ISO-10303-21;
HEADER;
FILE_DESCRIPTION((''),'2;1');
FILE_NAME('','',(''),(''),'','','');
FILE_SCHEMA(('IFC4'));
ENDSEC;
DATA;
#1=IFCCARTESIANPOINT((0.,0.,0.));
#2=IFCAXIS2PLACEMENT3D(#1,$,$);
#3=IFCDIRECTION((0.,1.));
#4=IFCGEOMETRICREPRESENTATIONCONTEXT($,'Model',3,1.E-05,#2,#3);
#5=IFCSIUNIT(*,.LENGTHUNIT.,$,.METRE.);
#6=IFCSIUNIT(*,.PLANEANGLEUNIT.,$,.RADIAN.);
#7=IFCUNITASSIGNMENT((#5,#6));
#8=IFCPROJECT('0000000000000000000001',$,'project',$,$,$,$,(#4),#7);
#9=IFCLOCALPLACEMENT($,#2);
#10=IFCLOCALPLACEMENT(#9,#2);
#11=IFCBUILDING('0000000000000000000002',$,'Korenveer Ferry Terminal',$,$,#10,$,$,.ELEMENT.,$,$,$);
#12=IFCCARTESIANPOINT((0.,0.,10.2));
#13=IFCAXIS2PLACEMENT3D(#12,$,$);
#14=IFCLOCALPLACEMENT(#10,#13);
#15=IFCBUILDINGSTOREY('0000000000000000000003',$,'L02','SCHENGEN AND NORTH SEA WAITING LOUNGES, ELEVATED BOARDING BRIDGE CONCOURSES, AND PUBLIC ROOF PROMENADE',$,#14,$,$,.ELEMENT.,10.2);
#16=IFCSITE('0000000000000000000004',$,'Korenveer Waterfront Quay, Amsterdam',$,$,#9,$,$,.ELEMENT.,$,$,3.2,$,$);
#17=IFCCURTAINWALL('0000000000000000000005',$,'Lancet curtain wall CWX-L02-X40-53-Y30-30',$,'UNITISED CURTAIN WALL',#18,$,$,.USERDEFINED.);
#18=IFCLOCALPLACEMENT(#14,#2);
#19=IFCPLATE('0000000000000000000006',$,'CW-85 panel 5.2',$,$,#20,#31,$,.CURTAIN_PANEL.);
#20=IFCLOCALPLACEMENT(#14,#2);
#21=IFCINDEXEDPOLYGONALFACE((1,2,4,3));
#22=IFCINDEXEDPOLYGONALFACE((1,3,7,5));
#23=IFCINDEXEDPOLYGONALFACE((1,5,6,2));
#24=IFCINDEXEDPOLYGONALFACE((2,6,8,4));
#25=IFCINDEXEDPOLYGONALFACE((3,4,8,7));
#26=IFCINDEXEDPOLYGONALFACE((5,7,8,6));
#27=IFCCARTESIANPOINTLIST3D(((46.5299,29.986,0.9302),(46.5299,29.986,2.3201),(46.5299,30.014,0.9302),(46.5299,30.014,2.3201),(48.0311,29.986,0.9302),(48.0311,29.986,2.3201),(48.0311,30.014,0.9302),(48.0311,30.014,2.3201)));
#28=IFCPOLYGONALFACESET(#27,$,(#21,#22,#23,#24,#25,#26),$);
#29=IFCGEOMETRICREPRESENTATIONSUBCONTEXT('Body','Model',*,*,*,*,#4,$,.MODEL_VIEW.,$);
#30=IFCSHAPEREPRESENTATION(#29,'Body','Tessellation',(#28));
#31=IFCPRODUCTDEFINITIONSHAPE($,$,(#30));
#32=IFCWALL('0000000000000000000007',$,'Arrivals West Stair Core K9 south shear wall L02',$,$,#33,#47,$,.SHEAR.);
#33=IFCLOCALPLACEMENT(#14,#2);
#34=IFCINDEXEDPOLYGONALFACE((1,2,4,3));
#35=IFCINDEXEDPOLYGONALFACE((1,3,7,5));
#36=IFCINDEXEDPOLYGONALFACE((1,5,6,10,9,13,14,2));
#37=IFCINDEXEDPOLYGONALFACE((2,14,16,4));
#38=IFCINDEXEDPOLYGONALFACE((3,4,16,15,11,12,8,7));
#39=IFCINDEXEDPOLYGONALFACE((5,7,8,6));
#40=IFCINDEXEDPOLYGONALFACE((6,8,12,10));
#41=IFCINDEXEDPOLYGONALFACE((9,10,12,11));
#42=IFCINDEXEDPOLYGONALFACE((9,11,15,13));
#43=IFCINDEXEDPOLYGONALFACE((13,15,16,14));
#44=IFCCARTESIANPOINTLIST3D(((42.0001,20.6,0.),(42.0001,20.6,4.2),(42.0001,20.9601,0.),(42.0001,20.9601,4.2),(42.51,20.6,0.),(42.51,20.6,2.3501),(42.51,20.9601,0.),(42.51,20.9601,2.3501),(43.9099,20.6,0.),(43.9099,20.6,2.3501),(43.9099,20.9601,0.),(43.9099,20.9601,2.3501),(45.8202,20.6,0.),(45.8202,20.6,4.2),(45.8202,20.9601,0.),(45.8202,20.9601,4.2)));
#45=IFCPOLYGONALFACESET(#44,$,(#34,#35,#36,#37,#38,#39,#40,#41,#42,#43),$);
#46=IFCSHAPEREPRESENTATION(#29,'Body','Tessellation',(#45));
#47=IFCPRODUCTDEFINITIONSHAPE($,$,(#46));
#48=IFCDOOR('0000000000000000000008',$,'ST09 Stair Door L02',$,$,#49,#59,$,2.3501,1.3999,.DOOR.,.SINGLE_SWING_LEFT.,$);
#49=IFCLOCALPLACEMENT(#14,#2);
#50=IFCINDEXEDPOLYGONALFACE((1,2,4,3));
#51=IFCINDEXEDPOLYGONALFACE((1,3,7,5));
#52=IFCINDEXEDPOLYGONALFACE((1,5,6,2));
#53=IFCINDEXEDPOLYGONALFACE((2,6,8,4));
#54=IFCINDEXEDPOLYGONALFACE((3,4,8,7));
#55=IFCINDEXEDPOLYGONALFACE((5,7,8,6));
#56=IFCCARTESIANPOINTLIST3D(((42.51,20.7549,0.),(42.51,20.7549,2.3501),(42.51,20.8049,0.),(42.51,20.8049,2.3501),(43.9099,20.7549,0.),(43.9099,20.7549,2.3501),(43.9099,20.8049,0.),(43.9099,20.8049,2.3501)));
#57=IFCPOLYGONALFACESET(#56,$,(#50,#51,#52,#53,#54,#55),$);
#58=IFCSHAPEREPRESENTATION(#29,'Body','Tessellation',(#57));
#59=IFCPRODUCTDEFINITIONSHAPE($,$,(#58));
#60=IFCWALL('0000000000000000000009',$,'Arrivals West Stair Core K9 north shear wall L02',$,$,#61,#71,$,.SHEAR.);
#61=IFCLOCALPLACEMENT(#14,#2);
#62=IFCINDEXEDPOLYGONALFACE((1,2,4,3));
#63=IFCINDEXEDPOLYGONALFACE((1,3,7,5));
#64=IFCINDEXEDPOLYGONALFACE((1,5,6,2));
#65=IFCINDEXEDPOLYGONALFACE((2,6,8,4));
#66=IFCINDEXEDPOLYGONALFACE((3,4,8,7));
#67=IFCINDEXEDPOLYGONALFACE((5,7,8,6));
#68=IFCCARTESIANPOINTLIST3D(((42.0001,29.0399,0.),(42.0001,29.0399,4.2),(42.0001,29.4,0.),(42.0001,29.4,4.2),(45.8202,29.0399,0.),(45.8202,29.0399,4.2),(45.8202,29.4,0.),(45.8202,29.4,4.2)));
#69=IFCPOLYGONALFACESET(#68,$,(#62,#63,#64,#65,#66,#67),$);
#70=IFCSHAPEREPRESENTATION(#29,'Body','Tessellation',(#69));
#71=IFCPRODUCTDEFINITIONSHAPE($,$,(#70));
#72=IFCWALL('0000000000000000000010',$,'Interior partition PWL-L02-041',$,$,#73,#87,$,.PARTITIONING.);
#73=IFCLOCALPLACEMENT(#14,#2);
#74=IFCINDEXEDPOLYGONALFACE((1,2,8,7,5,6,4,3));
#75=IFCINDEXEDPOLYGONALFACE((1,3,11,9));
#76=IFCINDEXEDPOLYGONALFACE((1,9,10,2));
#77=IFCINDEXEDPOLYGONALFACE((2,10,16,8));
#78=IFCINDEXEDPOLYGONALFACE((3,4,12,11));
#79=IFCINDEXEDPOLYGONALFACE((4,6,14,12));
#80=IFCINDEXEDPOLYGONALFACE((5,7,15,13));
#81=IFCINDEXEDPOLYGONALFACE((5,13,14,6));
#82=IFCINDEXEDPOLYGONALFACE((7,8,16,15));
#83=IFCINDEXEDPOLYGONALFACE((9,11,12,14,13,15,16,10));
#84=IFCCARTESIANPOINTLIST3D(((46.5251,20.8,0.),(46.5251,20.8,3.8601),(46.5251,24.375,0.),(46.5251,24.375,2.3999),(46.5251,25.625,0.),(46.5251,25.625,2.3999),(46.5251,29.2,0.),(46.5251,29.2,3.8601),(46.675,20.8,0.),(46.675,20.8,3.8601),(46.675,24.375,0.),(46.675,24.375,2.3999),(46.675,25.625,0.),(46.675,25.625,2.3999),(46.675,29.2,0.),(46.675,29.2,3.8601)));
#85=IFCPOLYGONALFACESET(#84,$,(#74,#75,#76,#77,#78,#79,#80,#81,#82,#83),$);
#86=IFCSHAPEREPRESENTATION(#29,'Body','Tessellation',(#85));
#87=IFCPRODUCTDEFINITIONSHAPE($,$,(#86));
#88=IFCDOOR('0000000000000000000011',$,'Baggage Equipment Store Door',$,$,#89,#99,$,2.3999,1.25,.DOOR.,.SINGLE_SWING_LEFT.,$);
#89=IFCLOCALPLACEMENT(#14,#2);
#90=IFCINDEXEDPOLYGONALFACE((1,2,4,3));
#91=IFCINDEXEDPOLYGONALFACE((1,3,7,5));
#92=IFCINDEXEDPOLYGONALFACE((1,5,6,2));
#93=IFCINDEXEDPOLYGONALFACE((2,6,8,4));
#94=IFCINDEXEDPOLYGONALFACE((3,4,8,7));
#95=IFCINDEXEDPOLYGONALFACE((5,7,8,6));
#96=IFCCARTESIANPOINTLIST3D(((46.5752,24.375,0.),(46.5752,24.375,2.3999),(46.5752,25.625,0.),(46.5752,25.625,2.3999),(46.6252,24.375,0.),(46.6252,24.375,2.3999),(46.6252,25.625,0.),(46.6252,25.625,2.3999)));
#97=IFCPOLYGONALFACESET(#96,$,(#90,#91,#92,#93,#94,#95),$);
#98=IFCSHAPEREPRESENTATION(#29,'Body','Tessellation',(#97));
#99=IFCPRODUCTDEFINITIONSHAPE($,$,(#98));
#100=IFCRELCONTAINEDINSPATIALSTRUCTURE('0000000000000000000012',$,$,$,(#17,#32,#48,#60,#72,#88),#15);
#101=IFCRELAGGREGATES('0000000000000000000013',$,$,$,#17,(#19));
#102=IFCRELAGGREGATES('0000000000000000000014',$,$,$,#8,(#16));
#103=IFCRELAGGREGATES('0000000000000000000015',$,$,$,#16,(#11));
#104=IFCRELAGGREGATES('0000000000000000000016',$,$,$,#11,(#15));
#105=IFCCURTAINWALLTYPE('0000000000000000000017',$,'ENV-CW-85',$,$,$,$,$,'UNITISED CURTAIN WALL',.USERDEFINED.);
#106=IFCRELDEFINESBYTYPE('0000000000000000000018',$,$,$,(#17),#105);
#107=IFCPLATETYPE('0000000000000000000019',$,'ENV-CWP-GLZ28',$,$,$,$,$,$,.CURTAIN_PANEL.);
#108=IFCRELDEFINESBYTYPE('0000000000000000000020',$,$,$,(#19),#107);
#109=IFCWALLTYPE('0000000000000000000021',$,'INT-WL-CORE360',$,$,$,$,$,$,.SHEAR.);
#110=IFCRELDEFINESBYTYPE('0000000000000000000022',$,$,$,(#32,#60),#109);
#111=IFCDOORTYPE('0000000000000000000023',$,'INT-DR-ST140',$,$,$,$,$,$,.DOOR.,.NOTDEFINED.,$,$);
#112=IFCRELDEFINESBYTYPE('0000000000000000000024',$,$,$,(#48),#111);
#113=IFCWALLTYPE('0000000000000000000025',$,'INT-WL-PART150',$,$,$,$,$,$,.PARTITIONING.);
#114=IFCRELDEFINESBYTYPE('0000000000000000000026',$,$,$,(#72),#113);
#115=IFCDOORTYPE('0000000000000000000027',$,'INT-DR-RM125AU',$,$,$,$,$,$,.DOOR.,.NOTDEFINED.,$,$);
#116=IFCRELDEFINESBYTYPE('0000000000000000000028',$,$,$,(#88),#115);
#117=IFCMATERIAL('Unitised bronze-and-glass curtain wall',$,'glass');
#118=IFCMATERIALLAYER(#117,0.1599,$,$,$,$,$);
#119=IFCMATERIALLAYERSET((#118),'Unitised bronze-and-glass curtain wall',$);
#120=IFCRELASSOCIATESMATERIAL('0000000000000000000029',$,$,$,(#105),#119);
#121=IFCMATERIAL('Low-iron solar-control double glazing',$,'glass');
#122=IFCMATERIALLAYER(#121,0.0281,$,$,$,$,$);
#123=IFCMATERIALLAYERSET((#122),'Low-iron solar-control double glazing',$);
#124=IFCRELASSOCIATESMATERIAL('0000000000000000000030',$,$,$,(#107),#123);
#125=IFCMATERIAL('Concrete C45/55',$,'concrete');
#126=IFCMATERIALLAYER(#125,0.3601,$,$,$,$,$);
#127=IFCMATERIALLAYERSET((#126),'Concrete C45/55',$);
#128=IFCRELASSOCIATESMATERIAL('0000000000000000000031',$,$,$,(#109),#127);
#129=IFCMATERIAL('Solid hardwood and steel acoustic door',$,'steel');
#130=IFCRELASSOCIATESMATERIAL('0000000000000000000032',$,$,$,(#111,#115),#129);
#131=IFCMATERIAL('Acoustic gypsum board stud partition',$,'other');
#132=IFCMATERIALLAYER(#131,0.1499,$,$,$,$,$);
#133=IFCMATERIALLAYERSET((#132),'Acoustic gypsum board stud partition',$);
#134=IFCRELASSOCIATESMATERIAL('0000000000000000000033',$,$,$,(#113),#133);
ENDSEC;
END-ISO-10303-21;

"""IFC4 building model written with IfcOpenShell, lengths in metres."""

from ifc_helpers import new_model, si_unit, direction, frame, frame_2d, origin, origin_2d, place, context, subcontext, project, spatial, rectangle, extrude, material, layer, layer_set, type_object, element, fill, aggregate, save


model = new_model("IFC4")

# Units and contexts
model_context = context("Model", 3, precision=1e-05, world=origin(), true_north=direction((0.0, 1.0)))
body_context = subcontext(model_context, "Body", "Model", "MODEL_VIEW")
ifc_project = project(units=[si_unit("LENGTHUNIT", "METRE"), si_unit("PLANEANGLEUNIT", "RADIAN")], contexts=[model_context])

# Site, building, storey
site_placement = place(None, origin())
site = spatial("IfcSite", under=ifc_project, at=site_placement, Name="Korenveer Waterfront Quay, Amsterdam", CompositionType="ELEMENT", RefElevation=3.2)
building_placement = place(site_placement, origin())
building = spatial("IfcBuilding", under=site, at=building_placement, Name="Korenveer Ferry Terminal", CompositionType="ELEMENT")
storey_placement = place(building_placement, frame((0.0, 0.0, 10.2)))
storey = spatial("IfcBuildingStorey", under=building, at=storey_placement, Name="L02", Description="SCHENGEN AND NORTH SEA WAITING LOUNGES, ELEVATED BOARDING BRIDGE CONCOURSES, AND PUBLIC ROOF PROMENADE", CompositionType="ELEMENT", Elevation=10.2)

# Curtain wall, plate
ifc_material_1 = material(Name="Unitised bronze-and-glass curtain wall", Category="glass")
ifc_layer_1 = layer(ifc_material_1, 0.1599)
ifc_layer_set_1 = layer_set([ifc_layer_1], Name="Unitised bronze-and-glass curtain wall")
curtain_wall_type = type_object("IfcCurtainWallType", Name="ENV-CW-85", ElementType="UNITISED CURTAIN WALL", PredefinedType="USERDEFINED", material=ifc_layer_set_1)
curtain_wall_placement = place(storey_placement, frame((40.2549, 30.0, 0.0)))
curtain_wall = element("IfcCurtainWall", 1, at=curtain_wall_placement, inside=storey, type_object=curtain_wall_type, Name="Lancet curtain wall CWX-L02-X40-53-Y30-30", ObjectType="UNITISED CURTAIN WALL", PredefinedType="USERDEFINED")
ifc_material_2 = material(Name="Low-iron solar-control double glazing", Category="glass")
ifc_layer_2 = layer(ifc_material_2, 0.0281)
ifc_layer_set_2 = layer_set([ifc_layer_2], Name="Low-iron solar-control double glazing")
plate_type = type_object("IfcPlateType", Name="ENV-CWP-GLZ28", PredefinedType="CURTAIN_PANEL", material=ifc_layer_set_2)
plate_1_placement = place(storey_placement, frame((47.2805, 30.0, 0.9302), z_axis=(0.0, 0.0, 1.0), x_axis=(1.0, 0.0, 0.0)))
plate_1 = element("IfcPlate", 2, at=plate_1_placement, type_object=plate_type, Name="CW-85 panel 5.2", PredefinedType="CURTAIN_PANEL", context=body_context, shape_type="SweptSolid", body=[
    extrude(rectangle(XDim=1.5012, YDim=0.0281, at=origin_2d()), origin(), (0.0, 0.0, 1.0), 1.3899),
])
aggregate(curtain_wall, [plate_1])

# Wall, opening, door
ifc_material_3 = material(Name="Concrete C45/55", Category="concrete")
ifc_layer_3 = layer(ifc_material_3, 0.3601)
ifc_layer_set_3 = layer_set([ifc_layer_3], Name="Concrete C45/55")
wall_type_1 = type_object("IfcWallType", Name="INT-WL-CORE360", PredefinedType="SHEAR", material=ifc_layer_set_3)
wall_1_placement = place(storey_placement, frame((42.0, 20.78, 0.0), z_axis=(0.0, 0.0, 1.0), x_axis=(1.0, 0.0, 0.0)))
wall_1 = element("IfcWall", 3, at=wall_1_placement, inside=storey, type_object=wall_type_1, Name="Arrivals West Stair Core K9 south shear wall L02", PredefinedType="SHEAR", context=body_context, shape_type="SweptSolid", body=[
    extrude(rectangle(XDim=3.8201, YDim=0.3601, at=frame_2d((1.9102, 0.0))), origin(), (0.0, 0.0, 1.0), 4.2),
])
opening_1_placement = place(wall_1_placement, frame((0.51, 0.0, 0.0)))
opening_1 = element("IfcOpeningElement", 4, at=opening_1_placement, cuts=wall_1, PredefinedType="OPENING", context=body_context, shape_type="SweptSolid", body=[
    extrude(rectangle(XDim=1.3999, YDim=2.3501, at=frame_2d((0.7, 1.175))), frame((0.0, 0.1899, 0.0), z_axis=(0.0, -1.0, 0.0), x_axis=(1.0, 0.0, 0.0)), (0.0, 0.0, 1.0), 0.3801),
])
ifc_material_4 = material(Name="Solid hardwood and steel acoustic door", Category="steel")
door_type_1 = type_object("IfcDoorType", Name="INT-DR-ST140", OperationType="NOTDEFINED", PredefinedType="DOOR", material=ifc_material_4)
door_1_placement = place(opening_1_placement, origin())
door_1 = element("IfcDoor", 5, at=door_1_placement, inside=storey, type_object=door_type_1, Name="ST09 Stair Door L02", OperationType="SINGLE_SWING_LEFT", OverallHeight=2.3501, OverallWidth=1.3999, PredefinedType="DOOR", context=body_context, shape_type="SweptSolid", body=[
    extrude(rectangle(XDim=1.3999, YDim=2.3501, at=frame_2d((0.7, 1.175))), frame((0.0, 0.0249, 0.0), z_axis=(0.0, -1.0, 0.0), x_axis=(1.0, 0.0, 0.0)), (0.0, 0.0, 1.0), 0.05),
])
fill(opening_1, door_1)

# Wall
wall_2_placement = place(storey_placement, frame((42.0, 29.22, 0.0), z_axis=(0.0, 0.0, 1.0), x_axis=(1.0, 0.0, 0.0)))
element("IfcWall", 6, at=wall_2_placement, inside=storey, type_object=wall_type_1, Name="Arrivals West Stair Core K9 north shear wall L02", PredefinedType="SHEAR", context=body_context, shape_type="SweptSolid", body=[
    extrude(rectangle(XDim=3.8201, YDim=0.3601, at=frame_2d((1.9102, 0.0))), origin(), (0.0, 0.0, 1.0), 4.2),
])

# Wall, opening, door
ifc_material_5 = material(Name="Acoustic gypsum board stud partition", Category="other")
ifc_layer_4 = layer(ifc_material_5, 0.1499)
ifc_layer_set_4 = layer_set([ifc_layer_4], Name="Acoustic gypsum board stud partition")
wall_type_2 = type_object("IfcWallType", Name="INT-WL-PART150", PredefinedType="PARTITIONING", material=ifc_layer_set_4)
wall_3_placement = place(storey_placement, frame((46.6001, 20.8, 0.0), z_axis=(0.0, 0.0, 1.0), x_axis=(0.0, 1.0, 0.0)))
wall_3 = element("IfcWall", 7, at=wall_3_placement, inside=storey, type_object=wall_type_2, Name="Interior partition PWL-L02-041", PredefinedType="PARTITIONING", context=body_context, shape_type="SweptSolid", body=[
    extrude(rectangle(XDim=8.3999, YDim=0.1499, at=frame_2d((4.2, 0.0))), origin(), (0.0, 0.0, 1.0), 3.8601),
])
opening_2_placement = place(wall_3_placement, frame((3.575, 0.0, 0.0)))
opening_2 = element("IfcOpeningElement", 8, at=opening_2_placement, cuts=wall_3, PredefinedType="OPENING", context=body_context, shape_type="SweptSolid", body=[
    extrude(rectangle(XDim=1.25, YDim=2.3999, at=frame_2d((0.625, 1.2))), frame((0.0, 0.085, 0.0), z_axis=(0.0, -1.0, 0.0), x_axis=(1.0, 0.0, 0.0)), (0.0, 0.0, 1.0), 0.1699),
])
door_type_2 = type_object("IfcDoorType", Name="INT-DR-RM125AU", OperationType="NOTDEFINED", PredefinedType="DOOR", material=ifc_material_4)
door_2_placement = place(opening_2_placement, origin())
door_2 = element("IfcDoor", 9, at=door_2_placement, inside=storey, type_object=door_type_2, Name="Baggage Equipment Store Door", OperationType="SINGLE_SWING_LEFT", OverallHeight=2.3999, OverallWidth=1.25, PredefinedType="DOOR", context=body_context, shape_type="SweptSolid", body=[
    extrude(rectangle(XDim=1.25, YDim=2.3999, at=frame_2d((0.625, 1.2))), frame((0.0, 0.0249, 0.0), z_axis=(0.0, -1.0, 0.0), x_axis=(1.0, 0.0, 0.0)), (0.0, 0.0, 1.0), 0.05),
])
fill(opening_2, door_2)

save(model, "model.ifc")
